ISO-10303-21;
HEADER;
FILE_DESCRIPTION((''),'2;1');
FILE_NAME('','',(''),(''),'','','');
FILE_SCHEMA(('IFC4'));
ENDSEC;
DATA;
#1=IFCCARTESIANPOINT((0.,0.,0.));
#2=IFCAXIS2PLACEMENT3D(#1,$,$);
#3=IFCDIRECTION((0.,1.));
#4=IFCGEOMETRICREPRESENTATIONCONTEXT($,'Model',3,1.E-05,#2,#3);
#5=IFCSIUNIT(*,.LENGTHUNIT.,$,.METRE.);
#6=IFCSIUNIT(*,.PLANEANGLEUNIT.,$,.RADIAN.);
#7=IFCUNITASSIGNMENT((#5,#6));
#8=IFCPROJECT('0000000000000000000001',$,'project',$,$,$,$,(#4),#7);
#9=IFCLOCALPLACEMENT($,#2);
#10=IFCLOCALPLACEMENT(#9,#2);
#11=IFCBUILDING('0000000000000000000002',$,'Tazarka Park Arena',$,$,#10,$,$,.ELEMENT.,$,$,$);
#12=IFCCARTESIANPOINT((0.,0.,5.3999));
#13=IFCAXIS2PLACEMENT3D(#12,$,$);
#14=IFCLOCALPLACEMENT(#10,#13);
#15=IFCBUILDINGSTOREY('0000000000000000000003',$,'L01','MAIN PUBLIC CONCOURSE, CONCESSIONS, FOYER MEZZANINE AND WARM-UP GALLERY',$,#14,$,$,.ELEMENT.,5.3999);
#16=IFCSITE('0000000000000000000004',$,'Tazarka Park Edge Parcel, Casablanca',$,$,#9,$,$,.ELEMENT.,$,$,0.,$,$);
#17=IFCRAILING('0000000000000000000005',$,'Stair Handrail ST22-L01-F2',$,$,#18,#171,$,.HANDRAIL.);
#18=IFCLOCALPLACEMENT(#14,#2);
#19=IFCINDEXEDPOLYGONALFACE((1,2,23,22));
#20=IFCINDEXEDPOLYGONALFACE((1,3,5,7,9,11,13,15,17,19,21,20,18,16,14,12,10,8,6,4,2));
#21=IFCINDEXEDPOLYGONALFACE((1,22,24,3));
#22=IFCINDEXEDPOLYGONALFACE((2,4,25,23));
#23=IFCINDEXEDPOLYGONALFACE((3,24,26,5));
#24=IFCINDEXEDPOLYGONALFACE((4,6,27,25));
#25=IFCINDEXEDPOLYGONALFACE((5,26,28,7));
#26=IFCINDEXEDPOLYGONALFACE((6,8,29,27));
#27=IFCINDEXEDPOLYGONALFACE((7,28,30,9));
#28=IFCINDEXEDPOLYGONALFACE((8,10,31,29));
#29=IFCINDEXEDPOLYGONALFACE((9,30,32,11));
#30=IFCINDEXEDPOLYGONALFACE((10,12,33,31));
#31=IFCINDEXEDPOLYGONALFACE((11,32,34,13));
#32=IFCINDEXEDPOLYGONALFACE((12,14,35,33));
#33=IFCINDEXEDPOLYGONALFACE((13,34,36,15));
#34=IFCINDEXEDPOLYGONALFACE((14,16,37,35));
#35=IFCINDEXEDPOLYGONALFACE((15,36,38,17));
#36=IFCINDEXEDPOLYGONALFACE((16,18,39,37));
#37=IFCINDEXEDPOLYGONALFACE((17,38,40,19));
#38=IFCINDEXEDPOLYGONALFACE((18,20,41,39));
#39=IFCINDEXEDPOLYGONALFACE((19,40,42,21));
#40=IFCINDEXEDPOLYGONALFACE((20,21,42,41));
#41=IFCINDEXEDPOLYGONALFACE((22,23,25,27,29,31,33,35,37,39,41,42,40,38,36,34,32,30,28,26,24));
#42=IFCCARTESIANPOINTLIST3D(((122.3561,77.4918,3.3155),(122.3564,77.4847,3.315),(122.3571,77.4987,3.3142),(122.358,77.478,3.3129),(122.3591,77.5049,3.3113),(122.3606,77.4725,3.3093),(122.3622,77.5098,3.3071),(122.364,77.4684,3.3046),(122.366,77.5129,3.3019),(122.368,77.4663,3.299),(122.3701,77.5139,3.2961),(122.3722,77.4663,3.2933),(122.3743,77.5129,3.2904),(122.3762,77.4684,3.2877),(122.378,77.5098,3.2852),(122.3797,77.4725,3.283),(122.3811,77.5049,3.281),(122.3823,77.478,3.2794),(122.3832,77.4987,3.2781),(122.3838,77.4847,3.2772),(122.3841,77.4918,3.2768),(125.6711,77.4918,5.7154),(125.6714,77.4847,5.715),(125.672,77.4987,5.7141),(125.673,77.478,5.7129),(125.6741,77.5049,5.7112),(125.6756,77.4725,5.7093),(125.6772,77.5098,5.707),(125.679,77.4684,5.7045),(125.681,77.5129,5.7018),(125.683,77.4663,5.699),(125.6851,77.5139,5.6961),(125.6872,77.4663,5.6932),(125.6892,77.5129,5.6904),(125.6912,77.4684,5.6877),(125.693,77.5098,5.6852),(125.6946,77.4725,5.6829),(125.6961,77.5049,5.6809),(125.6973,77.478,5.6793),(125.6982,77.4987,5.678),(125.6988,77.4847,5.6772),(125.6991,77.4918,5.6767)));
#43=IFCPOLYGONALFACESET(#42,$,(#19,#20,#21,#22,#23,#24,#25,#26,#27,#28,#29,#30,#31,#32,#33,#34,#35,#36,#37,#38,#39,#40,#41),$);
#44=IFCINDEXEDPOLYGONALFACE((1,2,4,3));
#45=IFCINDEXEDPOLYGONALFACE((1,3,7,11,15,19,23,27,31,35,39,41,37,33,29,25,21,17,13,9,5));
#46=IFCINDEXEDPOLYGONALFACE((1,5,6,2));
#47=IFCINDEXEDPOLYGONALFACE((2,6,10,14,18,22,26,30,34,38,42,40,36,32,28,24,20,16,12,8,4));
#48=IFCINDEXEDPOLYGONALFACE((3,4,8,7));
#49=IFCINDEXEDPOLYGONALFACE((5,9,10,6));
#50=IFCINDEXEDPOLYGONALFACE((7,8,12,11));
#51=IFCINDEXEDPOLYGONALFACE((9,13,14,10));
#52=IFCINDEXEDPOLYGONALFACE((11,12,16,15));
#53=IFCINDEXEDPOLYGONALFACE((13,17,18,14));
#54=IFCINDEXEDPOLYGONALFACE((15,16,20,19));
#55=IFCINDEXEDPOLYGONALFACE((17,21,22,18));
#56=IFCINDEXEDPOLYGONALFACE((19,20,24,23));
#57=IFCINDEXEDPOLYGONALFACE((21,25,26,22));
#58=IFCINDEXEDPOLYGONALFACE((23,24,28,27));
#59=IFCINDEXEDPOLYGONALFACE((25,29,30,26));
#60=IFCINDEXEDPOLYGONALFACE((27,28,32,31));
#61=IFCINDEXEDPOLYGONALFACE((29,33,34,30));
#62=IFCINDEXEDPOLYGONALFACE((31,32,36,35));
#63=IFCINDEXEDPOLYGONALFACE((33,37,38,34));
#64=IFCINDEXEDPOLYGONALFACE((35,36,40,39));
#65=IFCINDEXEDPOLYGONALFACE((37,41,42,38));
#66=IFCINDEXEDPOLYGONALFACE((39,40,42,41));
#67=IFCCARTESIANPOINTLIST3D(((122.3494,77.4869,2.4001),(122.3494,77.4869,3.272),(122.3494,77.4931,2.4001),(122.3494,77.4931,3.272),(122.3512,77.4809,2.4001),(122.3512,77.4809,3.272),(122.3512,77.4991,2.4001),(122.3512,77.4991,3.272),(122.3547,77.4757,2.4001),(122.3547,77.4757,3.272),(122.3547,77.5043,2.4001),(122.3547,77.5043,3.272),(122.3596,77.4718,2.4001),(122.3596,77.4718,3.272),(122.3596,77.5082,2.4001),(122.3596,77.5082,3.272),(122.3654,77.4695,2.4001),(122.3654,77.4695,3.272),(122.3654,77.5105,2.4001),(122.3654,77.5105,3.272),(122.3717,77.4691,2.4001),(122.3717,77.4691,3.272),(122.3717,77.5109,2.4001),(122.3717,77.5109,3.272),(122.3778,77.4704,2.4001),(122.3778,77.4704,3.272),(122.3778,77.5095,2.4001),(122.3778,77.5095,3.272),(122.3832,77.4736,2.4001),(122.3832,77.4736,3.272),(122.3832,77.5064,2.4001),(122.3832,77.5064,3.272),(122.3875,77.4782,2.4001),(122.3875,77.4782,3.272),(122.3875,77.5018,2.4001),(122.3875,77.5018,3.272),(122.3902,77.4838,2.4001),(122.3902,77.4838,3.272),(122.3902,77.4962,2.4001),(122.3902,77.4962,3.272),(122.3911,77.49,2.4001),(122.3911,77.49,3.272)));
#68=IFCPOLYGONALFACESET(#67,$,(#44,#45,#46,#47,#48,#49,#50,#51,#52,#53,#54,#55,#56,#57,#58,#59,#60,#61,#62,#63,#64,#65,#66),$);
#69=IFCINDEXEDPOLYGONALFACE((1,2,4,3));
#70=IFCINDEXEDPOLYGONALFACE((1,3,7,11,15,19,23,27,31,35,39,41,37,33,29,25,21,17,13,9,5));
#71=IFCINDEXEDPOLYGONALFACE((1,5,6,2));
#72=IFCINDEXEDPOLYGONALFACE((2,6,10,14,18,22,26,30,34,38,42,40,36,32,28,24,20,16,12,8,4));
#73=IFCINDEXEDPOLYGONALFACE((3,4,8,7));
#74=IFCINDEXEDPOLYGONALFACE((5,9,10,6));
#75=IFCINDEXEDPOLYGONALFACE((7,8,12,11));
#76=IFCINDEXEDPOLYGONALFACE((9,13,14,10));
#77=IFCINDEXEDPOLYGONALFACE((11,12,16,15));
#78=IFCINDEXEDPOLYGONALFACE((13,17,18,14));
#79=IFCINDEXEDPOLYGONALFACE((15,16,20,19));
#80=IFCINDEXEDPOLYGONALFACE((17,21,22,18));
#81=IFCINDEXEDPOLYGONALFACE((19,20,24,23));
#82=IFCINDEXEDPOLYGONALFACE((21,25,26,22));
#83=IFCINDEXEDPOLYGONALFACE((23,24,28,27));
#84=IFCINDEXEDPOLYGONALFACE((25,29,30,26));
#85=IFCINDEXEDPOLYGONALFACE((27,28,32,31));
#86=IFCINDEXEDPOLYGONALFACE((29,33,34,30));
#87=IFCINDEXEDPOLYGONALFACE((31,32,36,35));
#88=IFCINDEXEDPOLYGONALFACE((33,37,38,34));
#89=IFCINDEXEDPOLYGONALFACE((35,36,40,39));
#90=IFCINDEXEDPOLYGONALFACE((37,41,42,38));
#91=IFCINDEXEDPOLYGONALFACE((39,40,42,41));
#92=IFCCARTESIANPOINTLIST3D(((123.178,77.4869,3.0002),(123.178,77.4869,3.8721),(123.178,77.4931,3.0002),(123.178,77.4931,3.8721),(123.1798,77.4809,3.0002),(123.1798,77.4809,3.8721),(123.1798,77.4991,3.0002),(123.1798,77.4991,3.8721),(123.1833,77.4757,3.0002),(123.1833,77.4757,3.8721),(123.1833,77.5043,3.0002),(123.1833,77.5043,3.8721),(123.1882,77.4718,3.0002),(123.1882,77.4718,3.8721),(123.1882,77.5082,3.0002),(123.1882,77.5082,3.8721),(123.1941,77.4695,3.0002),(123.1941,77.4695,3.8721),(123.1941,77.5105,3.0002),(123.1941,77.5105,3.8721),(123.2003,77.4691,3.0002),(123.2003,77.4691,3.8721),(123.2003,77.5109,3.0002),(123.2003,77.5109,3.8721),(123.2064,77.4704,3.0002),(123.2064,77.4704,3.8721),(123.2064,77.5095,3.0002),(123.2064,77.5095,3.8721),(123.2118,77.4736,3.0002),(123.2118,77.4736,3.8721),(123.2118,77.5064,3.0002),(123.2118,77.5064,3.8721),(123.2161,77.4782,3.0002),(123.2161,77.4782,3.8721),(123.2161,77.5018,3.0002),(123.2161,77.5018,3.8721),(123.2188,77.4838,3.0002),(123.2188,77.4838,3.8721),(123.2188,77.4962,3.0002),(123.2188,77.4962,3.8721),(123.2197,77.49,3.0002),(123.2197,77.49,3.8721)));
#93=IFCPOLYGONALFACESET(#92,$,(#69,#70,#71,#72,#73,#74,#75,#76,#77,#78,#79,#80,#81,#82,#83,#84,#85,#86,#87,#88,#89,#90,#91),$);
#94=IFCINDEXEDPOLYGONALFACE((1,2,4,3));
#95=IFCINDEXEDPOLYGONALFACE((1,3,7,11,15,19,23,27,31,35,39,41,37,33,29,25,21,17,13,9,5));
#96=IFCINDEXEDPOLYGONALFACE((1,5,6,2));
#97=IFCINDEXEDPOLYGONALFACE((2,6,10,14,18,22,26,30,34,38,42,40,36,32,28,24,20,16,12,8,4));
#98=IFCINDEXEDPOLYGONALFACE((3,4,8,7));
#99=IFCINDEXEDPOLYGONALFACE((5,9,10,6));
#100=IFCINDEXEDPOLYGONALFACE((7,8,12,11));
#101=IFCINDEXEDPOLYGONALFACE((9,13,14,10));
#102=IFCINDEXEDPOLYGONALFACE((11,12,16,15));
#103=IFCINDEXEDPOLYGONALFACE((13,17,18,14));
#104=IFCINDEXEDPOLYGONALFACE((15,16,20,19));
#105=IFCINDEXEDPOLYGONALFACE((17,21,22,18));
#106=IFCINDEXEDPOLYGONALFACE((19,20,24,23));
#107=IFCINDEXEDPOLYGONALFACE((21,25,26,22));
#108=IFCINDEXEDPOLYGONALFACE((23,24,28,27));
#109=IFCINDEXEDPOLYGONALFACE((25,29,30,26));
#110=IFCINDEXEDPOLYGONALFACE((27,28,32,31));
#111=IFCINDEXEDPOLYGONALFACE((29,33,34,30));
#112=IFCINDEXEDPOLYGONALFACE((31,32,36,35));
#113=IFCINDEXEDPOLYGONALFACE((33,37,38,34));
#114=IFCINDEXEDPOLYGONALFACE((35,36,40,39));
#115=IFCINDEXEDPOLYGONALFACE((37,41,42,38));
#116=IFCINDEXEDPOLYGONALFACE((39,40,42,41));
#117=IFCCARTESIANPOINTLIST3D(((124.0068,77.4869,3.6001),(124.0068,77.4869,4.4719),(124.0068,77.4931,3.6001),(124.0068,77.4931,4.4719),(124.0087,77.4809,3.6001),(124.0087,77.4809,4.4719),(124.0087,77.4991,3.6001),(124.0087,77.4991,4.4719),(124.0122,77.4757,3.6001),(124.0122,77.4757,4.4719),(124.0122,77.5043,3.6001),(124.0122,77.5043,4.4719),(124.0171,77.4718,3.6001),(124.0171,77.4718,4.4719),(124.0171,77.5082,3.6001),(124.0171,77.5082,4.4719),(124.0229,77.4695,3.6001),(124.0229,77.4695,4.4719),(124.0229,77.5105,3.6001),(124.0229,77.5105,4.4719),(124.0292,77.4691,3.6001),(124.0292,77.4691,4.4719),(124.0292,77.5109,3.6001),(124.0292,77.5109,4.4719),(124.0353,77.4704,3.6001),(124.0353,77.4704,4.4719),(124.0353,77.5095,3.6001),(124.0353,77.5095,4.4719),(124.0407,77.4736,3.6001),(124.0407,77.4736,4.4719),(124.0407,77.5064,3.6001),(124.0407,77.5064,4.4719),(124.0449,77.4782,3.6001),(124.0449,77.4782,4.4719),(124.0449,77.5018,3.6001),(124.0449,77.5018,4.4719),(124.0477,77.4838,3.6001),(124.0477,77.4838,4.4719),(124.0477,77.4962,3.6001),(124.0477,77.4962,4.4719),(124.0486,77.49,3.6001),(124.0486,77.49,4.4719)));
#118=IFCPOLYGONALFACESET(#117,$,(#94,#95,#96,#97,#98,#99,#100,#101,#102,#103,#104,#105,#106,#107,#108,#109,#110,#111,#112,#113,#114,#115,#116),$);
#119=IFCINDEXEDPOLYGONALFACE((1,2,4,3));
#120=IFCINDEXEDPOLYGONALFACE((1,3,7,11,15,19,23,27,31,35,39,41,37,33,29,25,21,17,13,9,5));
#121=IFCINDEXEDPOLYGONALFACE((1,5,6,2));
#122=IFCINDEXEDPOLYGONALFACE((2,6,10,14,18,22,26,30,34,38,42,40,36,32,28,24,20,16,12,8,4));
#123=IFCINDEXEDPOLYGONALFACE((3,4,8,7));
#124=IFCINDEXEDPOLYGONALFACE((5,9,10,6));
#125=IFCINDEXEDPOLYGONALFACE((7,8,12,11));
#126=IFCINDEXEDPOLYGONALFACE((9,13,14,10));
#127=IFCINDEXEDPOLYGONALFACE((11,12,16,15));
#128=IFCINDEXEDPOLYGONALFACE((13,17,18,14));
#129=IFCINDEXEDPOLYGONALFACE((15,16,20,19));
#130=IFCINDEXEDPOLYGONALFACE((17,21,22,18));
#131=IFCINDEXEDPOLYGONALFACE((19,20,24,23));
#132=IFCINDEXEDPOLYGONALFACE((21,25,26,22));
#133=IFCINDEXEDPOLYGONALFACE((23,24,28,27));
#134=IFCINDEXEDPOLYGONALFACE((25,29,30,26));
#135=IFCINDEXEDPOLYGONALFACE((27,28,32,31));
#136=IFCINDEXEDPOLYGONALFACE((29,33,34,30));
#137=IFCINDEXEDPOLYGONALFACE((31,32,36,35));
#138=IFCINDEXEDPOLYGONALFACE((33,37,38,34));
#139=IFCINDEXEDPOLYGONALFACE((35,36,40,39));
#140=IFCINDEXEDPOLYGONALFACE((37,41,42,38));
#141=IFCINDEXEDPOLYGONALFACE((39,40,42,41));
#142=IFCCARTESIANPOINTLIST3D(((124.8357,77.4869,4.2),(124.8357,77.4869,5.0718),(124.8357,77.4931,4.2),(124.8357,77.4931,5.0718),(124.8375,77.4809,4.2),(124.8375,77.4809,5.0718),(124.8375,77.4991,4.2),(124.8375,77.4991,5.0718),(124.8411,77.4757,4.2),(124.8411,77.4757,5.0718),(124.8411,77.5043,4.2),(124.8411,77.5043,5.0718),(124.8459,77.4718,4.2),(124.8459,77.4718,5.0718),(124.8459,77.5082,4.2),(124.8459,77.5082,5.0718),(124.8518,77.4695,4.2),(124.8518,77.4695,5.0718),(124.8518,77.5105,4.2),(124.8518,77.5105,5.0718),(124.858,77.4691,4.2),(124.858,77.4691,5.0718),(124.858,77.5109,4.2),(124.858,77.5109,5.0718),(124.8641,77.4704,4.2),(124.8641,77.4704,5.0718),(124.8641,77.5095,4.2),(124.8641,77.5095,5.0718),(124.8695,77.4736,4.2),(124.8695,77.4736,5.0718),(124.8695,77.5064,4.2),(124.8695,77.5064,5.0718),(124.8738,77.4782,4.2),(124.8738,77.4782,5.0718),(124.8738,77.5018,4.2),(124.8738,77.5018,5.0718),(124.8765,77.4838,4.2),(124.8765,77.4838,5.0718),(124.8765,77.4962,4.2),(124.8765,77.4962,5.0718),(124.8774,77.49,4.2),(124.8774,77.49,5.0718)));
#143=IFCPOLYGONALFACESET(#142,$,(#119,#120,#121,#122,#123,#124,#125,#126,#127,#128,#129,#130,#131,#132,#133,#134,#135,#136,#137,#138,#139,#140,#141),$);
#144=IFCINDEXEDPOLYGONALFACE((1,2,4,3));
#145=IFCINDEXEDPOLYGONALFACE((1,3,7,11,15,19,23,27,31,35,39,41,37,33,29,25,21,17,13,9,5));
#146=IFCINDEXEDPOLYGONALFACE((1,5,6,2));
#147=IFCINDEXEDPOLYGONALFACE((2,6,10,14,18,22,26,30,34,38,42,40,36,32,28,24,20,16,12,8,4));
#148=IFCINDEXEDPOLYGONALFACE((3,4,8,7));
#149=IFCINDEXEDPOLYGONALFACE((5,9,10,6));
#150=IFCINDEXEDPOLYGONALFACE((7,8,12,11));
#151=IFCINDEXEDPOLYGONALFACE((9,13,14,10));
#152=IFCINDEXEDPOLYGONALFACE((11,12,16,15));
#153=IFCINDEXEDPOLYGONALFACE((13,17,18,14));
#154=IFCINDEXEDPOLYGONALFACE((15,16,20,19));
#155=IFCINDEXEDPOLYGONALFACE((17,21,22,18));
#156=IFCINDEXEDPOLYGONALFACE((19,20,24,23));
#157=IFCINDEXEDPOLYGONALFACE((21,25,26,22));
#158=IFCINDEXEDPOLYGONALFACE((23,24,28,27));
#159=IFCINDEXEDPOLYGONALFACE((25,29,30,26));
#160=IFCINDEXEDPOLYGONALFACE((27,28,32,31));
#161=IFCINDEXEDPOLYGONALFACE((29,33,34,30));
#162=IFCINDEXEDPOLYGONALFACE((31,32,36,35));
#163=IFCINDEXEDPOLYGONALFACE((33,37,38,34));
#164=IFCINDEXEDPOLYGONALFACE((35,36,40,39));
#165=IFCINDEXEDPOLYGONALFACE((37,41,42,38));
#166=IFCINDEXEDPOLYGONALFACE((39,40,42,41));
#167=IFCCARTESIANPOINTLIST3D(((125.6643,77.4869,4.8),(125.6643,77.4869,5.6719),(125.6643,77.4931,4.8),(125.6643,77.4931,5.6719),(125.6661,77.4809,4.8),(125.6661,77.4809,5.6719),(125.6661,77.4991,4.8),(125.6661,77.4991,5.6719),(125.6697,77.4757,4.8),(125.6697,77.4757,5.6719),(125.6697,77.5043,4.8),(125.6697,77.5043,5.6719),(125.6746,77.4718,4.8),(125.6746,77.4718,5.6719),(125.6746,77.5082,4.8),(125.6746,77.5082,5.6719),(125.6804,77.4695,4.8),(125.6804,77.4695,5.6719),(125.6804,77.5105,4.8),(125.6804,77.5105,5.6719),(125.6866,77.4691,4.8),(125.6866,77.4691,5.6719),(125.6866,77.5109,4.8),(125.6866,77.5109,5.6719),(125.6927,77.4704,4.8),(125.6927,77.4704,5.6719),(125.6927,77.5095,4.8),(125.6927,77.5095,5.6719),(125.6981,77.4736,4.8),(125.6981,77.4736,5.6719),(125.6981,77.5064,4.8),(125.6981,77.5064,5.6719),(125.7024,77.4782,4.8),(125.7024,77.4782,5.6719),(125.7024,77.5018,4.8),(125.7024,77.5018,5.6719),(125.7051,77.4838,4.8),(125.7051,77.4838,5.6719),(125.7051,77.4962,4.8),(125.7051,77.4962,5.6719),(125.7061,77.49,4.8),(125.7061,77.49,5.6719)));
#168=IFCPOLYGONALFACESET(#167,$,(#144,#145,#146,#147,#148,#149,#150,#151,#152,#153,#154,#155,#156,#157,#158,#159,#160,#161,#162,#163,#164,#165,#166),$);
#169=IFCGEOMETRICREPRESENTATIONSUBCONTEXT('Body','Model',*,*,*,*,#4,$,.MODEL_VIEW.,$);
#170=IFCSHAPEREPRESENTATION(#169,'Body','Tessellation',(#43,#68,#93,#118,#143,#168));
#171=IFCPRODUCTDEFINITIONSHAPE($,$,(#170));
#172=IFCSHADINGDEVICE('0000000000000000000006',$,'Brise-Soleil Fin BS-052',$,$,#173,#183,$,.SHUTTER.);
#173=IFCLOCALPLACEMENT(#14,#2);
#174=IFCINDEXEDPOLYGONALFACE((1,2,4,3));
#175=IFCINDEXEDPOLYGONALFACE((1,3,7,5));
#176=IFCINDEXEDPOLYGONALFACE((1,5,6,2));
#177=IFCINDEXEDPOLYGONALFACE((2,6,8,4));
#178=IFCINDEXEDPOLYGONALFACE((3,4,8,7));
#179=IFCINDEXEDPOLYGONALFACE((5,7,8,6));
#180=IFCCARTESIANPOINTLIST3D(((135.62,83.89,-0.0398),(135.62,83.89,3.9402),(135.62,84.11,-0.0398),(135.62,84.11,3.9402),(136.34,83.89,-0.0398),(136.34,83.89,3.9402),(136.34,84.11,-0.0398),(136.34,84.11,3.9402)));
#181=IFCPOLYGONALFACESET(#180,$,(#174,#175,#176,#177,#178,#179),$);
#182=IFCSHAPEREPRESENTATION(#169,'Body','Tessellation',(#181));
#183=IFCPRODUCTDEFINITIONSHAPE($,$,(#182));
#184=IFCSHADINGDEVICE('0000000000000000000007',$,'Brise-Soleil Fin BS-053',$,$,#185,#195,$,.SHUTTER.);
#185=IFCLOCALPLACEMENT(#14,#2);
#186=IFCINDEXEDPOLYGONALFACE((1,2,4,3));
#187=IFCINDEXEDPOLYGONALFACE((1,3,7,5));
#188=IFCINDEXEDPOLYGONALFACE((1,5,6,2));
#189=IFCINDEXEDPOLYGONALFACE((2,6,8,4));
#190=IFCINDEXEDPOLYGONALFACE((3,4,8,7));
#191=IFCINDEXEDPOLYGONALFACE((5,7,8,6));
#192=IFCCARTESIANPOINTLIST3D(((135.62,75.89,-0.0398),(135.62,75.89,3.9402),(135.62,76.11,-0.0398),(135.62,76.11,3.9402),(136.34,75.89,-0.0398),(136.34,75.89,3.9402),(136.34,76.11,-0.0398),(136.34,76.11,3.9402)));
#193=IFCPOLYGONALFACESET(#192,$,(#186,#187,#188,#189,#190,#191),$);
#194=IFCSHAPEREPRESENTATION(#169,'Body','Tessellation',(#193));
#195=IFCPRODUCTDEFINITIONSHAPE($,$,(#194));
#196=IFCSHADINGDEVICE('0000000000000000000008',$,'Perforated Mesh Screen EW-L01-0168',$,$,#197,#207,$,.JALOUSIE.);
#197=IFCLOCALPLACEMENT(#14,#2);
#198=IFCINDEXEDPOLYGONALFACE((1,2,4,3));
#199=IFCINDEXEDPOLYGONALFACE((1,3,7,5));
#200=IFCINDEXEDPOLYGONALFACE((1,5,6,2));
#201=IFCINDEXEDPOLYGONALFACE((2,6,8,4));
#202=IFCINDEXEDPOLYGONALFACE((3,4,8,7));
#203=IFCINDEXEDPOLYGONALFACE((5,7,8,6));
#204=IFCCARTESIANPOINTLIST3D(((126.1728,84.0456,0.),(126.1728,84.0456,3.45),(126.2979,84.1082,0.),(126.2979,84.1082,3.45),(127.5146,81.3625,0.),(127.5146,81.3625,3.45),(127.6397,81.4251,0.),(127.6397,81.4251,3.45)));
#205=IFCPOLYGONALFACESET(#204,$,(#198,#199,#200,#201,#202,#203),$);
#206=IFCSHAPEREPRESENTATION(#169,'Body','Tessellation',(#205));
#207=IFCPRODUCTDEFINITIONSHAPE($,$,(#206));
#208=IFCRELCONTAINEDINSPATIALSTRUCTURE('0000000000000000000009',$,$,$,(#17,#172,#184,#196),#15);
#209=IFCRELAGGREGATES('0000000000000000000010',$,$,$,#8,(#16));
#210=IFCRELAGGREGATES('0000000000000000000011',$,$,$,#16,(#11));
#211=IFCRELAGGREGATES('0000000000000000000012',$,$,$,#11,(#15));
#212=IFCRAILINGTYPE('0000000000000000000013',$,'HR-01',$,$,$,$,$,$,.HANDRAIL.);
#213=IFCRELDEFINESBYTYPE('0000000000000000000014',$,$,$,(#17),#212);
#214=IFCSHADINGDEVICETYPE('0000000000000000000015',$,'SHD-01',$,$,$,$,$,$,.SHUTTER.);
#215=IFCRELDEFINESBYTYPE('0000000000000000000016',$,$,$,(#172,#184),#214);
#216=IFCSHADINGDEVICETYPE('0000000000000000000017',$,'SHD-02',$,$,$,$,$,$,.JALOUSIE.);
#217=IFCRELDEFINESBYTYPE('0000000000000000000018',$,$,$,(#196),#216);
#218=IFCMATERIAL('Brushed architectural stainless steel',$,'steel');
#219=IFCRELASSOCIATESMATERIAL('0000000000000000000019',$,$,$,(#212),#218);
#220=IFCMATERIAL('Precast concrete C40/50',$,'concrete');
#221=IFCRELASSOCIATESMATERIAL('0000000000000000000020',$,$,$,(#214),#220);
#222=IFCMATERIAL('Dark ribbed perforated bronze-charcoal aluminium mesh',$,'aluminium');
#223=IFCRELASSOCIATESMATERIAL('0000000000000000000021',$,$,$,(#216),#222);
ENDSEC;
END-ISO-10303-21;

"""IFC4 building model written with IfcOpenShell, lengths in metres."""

from ifc_helpers import new_model, si_unit, direction, frame, origin, origin_2d, place, context, subcontext, project, spatial, rectangle, circle, extrude, material, type_object, element, save


model = new_model("IFC4")

# Units and contexts
model_context = context("Model", 3, precision=1e-05, world=origin(), true_north=direction((0.0, 1.0)))
body_context = subcontext(model_context, "Body", "Model", "MODEL_VIEW")
ifc_project = project(units=[si_unit("LENGTHUNIT", "METRE"), si_unit("PLANEANGLEUNIT", "RADIAN")], contexts=[model_context])

# Site, building, storey
site_placement = place(None, origin())
site = spatial("IfcSite", under=ifc_project, at=site_placement, Name="Tazarka Park Edge Parcel, Casablanca", CompositionType="ELEMENT", RefElevation=0.0)
building_placement = place(site_placement, origin())
building = spatial("IfcBuilding", under=site, at=building_placement, Name="Tazarka Park Arena", CompositionType="ELEMENT")
storey_placement = place(building_placement, frame((0.0, 0.0, 5.3999)))
storey = spatial("IfcBuildingStorey", under=building, at=storey_placement, Name="L01", Description="MAIN PUBLIC CONCOURSE, CONCESSIONS, FOYER MEZZANINE AND WARM-UP GALLERY", CompositionType="ELEMENT", Elevation=5.3999)

# Railing
ifc_material_1 = material(Name="Brushed architectural stainless steel", Category="steel")
railing_type = type_object("IfcRailingType", Name="HR-01", PredefinedType="HANDRAIL", material=ifc_material_1)
railing_placement = place(storey_placement, frame((122.3701, 77.49, 2.4001)))
element("IfcRailing", 1, at=railing_placement, inside=storey, type_object=railing_type, Name="Stair Handrail ST22-L01-F2", PredefinedType="HANDRAIL", context=body_context, shape_type="SweptSolid", body=[
    extrude(circle(Radius=0.0239, at=origin_2d()), frame((0.0, 0.0, 0.896), z_axis=(0.810009, 0.0, 0.586418), x_axis=(0.0, 1.0, 0.0)), (0.0, 0.0, 1.0), 4.0925),
    extrude(circle(Radius=0.021, at=origin_2d()), origin(), (0.0, 0.0, 1.0), 0.8718),
    extrude(circle(Radius=0.021, at=origin_2d()), frame((0.8286, 0.0, 0.6001)), (0.0, 0.0, 1.0), 0.8718),
    extrude(circle(Radius=0.021, at=origin_2d()), frame((1.6575, 0.0, 1.2)), (0.0, 0.0, 1.0), 0.8718),
    extrude(circle(Radius=0.021, at=origin_2d()), frame((2.4863, 0.0, 1.7998)), (0.0, 0.0, 1.0), 0.8718),
    extrude(circle(Radius=0.021, at=origin_2d()), frame((3.3149, 0.0, 2.3999)), (0.0, 0.0, 1.0), 0.8718),
])

# Shading devices
ifc_material_2 = material(Name="Precast concrete C40/50", Category="concrete")
shading_device_type_1 = type_object("IfcShadingDeviceType", Name="SHD-01", PredefinedType="SHUTTER", material=ifc_material_2)
for number, where, z_axis, x_axis, name in (
    (2, (135.98, 84.0, -0.0398), (0.0, 0.0, 1.0), (0.0, 1.0, 0.0), "Brise-Soleil Fin BS-052"),
    (3, (135.98, 76.0, -0.0398), (0.0, 0.0, 1.0), (0.0, 1.0, 0.0), "Brise-Soleil Fin BS-053"),
):
    element("IfcShadingDevice", number, at=place(storey_placement, frame(where, z_axis=z_axis, x_axis=x_axis)), inside=storey, type_object=shading_device_type_1, Name=name, PredefinedType="SHUTTER", context=body_context, shape_type="SweptSolid", body=[
        extrude(rectangle(XDim=0.22, YDim=0.72, at=origin_2d()), origin(), (0.0, 0.0, 1.0), 3.98),
    ])
ifc_material_3 = material(Name="Dark ribbed perforated bronze-charcoal aluminium mesh", Category="aluminium")
shading_device_type_2 = type_object("IfcShadingDeviceType", Name="SHD-02", PredefinedType="JALOUSIE", material=ifc_material_3)
shading_device_placement = place(storey_placement, frame((126.9062, 82.7354, 0.0), z_axis=(0.0, 0.0, 1.0), x_axis=(0.447291, -0.894389, 0.0)))
element("IfcShadingDevice", 4, at=shading_device_placement, inside=storey, type_object=shading_device_type_2, Name="Perforated Mesh Screen EW-L01-0168", PredefinedType="JALOUSIE", context=body_context, shape_type="SweptSolid", body=[
    extrude(rectangle(XDim=3.0, YDim=0.1399, at=origin_2d()), origin(), (0.0, 0.0, 1.0), 3.45),
])

save(model, "model.ifc")
